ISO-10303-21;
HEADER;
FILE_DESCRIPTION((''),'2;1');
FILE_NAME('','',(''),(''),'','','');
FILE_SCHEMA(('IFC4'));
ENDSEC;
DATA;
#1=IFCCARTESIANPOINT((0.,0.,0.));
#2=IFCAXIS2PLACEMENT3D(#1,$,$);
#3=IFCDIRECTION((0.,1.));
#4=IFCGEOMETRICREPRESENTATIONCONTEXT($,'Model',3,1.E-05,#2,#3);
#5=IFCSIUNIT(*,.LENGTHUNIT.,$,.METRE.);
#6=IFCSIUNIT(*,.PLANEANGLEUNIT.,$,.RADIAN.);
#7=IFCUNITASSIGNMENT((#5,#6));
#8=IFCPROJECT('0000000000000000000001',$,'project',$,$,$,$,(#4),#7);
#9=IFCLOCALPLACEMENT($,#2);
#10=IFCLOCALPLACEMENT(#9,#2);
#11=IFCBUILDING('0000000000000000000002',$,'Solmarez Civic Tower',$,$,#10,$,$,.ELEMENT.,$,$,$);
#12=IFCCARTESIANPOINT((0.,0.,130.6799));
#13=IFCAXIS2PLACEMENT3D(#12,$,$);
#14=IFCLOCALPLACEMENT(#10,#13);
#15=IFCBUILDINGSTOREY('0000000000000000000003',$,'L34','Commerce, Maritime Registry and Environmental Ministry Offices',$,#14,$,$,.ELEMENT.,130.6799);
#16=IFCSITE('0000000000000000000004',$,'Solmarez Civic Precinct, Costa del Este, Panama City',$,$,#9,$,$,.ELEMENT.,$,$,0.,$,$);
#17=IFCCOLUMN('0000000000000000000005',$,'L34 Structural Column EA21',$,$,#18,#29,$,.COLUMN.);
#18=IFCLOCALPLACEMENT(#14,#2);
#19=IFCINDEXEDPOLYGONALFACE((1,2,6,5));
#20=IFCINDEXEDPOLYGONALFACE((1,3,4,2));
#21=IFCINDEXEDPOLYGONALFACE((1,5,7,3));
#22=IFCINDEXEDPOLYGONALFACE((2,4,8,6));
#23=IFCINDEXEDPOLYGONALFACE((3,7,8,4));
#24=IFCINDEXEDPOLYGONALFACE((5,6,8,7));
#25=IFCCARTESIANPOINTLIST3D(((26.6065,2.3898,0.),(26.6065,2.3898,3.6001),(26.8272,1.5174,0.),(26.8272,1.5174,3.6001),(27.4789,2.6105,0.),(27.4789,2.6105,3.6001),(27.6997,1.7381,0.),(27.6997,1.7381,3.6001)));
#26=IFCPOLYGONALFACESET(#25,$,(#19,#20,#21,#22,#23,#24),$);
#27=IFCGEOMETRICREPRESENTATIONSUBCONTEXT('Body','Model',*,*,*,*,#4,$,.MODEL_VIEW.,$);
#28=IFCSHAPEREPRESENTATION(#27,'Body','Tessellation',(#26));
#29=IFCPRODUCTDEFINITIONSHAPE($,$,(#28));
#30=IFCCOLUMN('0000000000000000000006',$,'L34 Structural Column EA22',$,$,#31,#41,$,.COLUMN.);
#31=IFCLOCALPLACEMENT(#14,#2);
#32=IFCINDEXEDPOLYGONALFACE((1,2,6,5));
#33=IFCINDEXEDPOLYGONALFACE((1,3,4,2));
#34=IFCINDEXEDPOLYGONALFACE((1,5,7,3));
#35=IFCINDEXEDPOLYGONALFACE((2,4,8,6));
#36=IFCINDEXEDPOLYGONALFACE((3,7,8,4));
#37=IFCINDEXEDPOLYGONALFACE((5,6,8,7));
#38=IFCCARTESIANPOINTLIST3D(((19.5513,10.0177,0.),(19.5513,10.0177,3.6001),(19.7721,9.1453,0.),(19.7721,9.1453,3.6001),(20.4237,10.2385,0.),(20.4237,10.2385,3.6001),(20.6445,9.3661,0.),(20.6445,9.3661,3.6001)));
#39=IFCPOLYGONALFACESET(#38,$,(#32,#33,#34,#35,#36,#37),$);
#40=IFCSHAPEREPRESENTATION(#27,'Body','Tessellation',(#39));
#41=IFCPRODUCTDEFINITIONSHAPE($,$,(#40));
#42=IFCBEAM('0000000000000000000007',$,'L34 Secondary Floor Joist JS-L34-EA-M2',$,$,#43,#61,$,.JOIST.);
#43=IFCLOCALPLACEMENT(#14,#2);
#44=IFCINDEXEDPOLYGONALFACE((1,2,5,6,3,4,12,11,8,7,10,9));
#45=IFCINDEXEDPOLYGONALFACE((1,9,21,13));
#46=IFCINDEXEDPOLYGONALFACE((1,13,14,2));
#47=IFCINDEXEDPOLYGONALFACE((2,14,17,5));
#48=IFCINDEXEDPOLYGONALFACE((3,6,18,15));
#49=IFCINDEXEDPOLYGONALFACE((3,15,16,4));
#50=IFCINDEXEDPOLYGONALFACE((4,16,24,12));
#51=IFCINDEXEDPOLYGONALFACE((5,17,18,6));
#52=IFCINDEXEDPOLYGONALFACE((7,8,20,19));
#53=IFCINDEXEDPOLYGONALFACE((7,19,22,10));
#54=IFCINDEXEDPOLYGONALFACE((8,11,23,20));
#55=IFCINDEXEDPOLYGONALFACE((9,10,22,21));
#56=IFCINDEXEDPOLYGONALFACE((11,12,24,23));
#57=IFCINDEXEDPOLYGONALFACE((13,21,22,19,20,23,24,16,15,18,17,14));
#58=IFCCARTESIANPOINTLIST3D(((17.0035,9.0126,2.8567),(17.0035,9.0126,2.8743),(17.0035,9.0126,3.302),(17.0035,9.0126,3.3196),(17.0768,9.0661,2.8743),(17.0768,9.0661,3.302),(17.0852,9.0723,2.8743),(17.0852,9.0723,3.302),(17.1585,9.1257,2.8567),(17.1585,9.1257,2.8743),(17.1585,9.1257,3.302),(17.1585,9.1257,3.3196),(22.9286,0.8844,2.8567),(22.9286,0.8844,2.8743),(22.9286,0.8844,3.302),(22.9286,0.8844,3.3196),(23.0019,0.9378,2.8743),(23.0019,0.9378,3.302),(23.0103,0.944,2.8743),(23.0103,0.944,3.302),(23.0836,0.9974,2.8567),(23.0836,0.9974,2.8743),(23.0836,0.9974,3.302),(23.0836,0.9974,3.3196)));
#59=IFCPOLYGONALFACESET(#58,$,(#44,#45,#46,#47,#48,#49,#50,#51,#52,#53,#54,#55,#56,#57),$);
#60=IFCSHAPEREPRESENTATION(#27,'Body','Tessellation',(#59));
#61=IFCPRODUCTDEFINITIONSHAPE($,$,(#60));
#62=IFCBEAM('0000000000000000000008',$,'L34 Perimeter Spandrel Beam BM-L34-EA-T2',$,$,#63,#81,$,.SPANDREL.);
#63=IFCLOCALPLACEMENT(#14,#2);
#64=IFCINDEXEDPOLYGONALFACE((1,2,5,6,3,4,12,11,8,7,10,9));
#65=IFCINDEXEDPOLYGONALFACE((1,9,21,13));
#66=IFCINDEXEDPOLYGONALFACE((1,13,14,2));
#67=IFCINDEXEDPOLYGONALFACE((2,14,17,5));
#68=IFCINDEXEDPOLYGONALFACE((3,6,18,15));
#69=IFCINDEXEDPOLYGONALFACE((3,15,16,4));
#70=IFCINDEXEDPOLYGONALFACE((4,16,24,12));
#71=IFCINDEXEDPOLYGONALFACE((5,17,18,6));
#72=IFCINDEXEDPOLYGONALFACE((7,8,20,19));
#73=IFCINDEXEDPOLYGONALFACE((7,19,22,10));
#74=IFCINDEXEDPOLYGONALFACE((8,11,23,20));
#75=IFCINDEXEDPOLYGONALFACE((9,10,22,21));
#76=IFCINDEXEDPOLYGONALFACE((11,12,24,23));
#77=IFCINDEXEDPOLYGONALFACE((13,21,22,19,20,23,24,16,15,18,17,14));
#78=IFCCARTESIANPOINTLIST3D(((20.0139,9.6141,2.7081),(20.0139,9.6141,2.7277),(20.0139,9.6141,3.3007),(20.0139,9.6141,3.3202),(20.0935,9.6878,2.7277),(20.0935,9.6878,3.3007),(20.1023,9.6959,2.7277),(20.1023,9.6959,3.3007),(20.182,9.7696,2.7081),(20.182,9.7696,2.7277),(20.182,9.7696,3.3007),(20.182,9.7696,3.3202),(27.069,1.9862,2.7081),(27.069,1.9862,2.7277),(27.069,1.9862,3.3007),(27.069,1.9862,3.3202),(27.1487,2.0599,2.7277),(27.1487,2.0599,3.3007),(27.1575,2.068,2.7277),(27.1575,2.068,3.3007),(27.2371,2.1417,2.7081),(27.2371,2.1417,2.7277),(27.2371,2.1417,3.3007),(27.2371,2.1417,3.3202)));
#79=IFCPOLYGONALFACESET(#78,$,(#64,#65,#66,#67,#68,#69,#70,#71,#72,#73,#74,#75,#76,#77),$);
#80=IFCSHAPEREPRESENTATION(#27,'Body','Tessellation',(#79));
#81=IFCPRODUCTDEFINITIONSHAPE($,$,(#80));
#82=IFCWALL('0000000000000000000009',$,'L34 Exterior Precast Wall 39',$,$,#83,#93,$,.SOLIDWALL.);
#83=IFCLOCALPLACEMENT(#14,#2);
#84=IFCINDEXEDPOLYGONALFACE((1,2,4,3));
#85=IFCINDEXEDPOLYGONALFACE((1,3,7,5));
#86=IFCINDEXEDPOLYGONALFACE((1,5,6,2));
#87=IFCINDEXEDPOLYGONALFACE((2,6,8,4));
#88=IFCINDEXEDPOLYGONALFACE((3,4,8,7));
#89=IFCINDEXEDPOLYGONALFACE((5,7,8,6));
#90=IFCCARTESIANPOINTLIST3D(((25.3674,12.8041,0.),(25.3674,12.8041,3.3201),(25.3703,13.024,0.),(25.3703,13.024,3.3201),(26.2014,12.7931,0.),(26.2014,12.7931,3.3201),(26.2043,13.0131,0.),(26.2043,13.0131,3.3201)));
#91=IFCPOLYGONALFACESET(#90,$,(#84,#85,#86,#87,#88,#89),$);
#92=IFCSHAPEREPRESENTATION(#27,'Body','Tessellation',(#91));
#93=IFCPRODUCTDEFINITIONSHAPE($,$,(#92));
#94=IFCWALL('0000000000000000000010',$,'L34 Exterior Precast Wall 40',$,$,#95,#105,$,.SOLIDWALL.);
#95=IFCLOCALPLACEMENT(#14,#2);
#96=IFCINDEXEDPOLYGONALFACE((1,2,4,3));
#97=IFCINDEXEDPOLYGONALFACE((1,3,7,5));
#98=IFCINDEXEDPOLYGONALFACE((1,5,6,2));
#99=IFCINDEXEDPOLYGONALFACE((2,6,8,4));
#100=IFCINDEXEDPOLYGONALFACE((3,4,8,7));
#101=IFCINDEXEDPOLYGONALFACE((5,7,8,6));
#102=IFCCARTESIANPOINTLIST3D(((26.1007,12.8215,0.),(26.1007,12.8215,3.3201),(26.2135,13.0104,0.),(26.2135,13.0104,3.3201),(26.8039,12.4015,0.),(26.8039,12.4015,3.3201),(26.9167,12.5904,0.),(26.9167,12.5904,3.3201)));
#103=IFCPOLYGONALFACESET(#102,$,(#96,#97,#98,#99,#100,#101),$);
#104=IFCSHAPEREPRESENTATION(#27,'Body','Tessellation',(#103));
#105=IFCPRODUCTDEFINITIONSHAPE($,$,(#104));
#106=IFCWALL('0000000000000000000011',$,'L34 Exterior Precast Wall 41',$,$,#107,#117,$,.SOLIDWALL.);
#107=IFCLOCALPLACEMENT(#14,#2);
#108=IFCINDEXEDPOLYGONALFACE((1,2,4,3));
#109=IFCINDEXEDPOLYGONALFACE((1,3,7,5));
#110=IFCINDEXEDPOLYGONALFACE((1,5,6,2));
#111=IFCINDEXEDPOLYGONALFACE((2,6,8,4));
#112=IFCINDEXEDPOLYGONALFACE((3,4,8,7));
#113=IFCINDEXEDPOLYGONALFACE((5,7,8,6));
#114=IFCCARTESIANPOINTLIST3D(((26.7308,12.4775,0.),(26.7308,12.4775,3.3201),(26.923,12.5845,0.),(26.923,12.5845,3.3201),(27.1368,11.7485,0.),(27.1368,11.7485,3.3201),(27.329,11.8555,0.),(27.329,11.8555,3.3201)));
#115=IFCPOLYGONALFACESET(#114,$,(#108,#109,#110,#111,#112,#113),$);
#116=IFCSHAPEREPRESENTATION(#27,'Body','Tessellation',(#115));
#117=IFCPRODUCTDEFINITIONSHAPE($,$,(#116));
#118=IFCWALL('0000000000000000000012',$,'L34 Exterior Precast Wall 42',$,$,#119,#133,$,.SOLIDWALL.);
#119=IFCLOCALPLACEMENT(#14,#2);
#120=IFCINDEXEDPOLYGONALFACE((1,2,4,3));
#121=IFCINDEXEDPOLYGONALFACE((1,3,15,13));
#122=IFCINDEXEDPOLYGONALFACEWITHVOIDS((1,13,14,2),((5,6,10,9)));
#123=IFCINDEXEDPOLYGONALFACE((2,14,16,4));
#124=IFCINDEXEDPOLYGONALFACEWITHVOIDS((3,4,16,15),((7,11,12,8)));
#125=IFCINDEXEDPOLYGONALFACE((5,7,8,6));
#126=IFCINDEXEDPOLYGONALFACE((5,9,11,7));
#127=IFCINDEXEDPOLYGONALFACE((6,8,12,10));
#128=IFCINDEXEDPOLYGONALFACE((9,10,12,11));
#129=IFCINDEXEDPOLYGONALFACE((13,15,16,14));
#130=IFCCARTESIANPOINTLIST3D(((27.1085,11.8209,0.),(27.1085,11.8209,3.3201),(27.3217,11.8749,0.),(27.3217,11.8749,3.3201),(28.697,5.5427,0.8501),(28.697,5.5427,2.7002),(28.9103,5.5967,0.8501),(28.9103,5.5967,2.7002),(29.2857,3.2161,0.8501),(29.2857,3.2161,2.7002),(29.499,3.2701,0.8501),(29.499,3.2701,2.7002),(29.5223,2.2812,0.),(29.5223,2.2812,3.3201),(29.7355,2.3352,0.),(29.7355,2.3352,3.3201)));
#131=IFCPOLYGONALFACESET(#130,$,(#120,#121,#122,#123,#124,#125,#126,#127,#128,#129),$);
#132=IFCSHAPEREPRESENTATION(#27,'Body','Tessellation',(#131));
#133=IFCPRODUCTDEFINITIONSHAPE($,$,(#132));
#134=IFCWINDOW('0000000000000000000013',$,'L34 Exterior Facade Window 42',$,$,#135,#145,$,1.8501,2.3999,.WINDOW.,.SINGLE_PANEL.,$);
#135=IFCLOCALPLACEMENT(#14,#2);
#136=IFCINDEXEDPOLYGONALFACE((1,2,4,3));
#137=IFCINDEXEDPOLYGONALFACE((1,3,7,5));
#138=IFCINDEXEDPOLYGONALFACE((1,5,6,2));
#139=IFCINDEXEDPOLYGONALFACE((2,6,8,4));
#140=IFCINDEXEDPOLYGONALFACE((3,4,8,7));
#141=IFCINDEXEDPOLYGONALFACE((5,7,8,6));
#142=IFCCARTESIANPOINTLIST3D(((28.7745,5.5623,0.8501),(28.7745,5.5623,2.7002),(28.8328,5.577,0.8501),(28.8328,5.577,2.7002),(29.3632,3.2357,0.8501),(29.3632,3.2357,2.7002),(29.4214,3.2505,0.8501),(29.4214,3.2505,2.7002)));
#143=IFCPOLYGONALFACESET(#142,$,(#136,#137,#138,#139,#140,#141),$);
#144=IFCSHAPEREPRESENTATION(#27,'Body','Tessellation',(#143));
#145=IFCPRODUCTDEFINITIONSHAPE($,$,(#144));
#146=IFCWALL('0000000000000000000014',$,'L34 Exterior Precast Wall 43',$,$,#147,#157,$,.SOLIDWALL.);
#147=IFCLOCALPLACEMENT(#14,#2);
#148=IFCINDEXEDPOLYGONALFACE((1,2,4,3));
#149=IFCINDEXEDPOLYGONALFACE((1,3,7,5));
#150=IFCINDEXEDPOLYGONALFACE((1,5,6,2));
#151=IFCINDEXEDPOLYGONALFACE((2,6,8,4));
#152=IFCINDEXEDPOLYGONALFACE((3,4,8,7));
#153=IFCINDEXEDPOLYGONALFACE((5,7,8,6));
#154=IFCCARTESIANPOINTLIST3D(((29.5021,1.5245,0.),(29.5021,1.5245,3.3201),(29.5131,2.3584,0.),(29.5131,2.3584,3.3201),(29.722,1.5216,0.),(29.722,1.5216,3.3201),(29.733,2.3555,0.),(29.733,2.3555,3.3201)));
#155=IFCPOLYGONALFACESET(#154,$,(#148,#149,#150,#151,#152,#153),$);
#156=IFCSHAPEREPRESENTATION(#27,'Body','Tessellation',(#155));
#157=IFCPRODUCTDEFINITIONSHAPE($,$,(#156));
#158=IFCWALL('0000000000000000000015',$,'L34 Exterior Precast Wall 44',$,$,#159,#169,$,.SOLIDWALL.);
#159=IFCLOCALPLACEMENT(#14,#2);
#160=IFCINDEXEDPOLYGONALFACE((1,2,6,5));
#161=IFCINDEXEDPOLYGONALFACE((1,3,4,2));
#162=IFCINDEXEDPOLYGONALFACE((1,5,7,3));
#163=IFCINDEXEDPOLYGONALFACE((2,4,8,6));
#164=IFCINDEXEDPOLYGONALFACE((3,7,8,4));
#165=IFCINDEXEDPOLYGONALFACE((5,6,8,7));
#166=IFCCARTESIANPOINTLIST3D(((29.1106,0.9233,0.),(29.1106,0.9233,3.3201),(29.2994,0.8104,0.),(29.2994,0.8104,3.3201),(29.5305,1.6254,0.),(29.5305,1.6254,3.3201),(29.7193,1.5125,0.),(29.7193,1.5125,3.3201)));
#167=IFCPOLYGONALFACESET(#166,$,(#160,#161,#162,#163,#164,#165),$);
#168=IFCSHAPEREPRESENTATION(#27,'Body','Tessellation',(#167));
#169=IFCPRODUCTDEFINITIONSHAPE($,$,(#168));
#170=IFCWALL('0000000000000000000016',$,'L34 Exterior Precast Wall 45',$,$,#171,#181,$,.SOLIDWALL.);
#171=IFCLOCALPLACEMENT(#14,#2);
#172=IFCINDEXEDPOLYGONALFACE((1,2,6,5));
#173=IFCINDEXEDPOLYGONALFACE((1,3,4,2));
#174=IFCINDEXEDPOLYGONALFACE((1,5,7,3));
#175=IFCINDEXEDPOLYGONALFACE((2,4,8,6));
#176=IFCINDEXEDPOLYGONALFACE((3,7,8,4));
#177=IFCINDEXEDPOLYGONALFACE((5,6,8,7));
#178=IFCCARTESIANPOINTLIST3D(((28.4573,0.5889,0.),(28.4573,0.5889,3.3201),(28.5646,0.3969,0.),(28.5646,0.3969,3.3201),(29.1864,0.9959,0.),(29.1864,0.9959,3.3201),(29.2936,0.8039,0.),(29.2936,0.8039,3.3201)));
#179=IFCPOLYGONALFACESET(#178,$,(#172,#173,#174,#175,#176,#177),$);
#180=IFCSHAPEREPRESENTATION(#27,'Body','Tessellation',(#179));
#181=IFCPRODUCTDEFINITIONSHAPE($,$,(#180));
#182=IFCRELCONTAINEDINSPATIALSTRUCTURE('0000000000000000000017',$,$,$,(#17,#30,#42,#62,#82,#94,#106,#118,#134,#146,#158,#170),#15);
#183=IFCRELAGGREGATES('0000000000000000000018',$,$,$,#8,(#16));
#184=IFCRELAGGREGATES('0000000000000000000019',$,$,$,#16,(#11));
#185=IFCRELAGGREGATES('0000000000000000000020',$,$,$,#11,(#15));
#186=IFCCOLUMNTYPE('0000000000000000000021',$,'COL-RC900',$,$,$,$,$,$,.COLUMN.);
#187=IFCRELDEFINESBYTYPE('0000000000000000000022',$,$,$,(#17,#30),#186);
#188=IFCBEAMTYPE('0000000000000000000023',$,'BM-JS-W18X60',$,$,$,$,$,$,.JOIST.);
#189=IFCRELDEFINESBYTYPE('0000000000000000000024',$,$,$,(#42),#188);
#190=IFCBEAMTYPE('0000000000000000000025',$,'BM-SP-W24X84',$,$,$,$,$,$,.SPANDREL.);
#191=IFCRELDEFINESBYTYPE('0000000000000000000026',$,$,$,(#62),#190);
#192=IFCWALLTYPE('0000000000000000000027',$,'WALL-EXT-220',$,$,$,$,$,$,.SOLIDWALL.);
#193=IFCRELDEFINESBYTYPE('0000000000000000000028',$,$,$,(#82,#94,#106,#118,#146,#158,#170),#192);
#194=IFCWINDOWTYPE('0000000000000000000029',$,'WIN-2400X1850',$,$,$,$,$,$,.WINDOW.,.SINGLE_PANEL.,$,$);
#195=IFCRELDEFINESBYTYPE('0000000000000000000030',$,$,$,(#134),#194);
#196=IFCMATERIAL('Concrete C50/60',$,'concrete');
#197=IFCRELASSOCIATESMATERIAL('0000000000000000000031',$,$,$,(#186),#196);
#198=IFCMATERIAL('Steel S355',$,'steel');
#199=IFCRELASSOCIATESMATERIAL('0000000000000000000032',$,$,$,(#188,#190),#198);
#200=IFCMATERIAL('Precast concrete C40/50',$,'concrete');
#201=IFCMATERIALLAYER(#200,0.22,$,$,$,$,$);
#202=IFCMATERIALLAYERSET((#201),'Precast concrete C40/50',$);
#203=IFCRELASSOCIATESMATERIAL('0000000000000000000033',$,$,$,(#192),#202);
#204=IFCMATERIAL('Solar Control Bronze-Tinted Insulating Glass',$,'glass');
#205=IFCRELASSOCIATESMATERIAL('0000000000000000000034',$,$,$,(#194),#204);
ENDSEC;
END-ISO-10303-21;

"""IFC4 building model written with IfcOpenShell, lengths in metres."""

from ifc_helpers import new_model, si_unit, direction, frame, frame_2d, origin, origin_2d, place, context, subcontext, project, spatial, rectangle, i_section, extrude, material, layer, layer_set, material_profile, profile_set, type_object, element, fill, save


model = new_model("IFC4")

# Units and contexts
model_context = context("Model", 3, precision=1e-05, world=origin(), true_north=direction((0.0, 1.0)))
body_context = subcontext(model_context, "Body", "Model", "MODEL_VIEW")
ifc_project = project(units=[si_unit("LENGTHUNIT", "METRE"), si_unit("PLANEANGLEUNIT", "RADIAN")], contexts=[model_context])

# Site, building, storey
site_placement = place(None, origin())
site = spatial("IfcSite", under=ifc_project, at=site_placement, Name="Solmarez Civic Precinct, Costa del Este, Panama City", CompositionType="ELEMENT", RefElevation=0.0)
building_placement = place(site_placement, origin())
building = spatial("IfcBuilding", under=site, at=building_placement, Name="Solmarez Civic Tower", CompositionType="ELEMENT")
storey_placement = place(building_placement, frame((0.0, 0.0, 130.6799)))
storey = spatial("IfcBuildingStorey", under=building, at=storey_placement, Name="L34", Description="Commerce, Maritime Registry and Environmental Ministry Offices", CompositionType="ELEMENT", Elevation=130.6799)

# Columns
ifc_material_1 = material(Name="Concrete C50/60", Category="concrete")
ifc_material_profile_1 = material_profile(ifc_material_1, rectangle(XDim=0.8999, YDim=0.8999, at=origin_2d()), Name="RC900X900")
ifc_profile_set_1 = profile_set([ifc_material_profile_1], Name="Concrete C50/60")
column_type = type_object("IfcColumnType", Name="COL-RC900", PredefinedType="COLUMN", material=ifc_profile_set_1)
for number, where, z_axis, x_axis, name in (
    (1, (27.1531, 2.064, 0.0), (0.0, 0.0, 1.0), (0.969445, 0.245307, 0.0), "L34 Structural Column EA21"),
    (2, (20.0979, 9.6919, 0.0), (0.0, 0.0, 1.0), (0.969445, 0.245307, 0.0), "L34 Structural Column EA22"),
):
    element("IfcColumn", number, at=place(storey_placement, frame(where, z_axis=z_axis, x_axis=x_axis)), inside=storey, type_object=column_type, Name=name, PredefinedType="COLUMN", context=body_context, shape_type="SweptSolid", body=[
        extrude(rectangle(XDim=0.8999, YDim=0.8999, at=origin_2d()), origin(), (0.0, 0.0, 1.0), 3.6001),
    ])

# Beams
ifc_material_2 = material(Name="Steel S355", Category="steel")
ifc_material_profile_2 = material_profile(ifc_material_2, i_section(OverallWidth=0.1919, OverallDepth=0.4629, WebThickness=0.0105, FlangeThickness=0.0176, at=origin_2d()), Name="W18X60")
ifc_profile_set_2 = profile_set([ifc_material_profile_2], Name="Steel S355")
beam_type_1 = type_object("IfcBeamType", Name="BM-JS-W18X60", PredefinedType="JOIST", material=ifc_profile_set_2)
beam_1_placement = place(storey_placement, frame((23.0061, 0.9409, 3.0881), z_axis=(-0.589059, 0.80809, 0.0), x_axis=(-0.80809, -0.589059, 0.0)))
element("IfcBeam", 3, at=beam_1_placement, inside=storey, type_object=beam_type_1, Name="L34 Secondary Floor Joist JS-L34-EA-M2", PredefinedType="JOIST", context=body_context, shape_type="SweptSolid", body=[
    extrude(i_section(OverallWidth=0.1919, OverallDepth=0.4629, WebThickness=0.0105, FlangeThickness=0.0176, at=origin_2d()), origin(), (0.0, 0.0, 1.0), 10.0586),
])
ifc_material_profile_3 = material_profile(ifc_material_2, i_section(OverallWidth=0.229, OverallDepth=0.6121, WebThickness=0.012, FlangeThickness=0.0195, at=origin_2d()), Name="W24X84")
ifc_profile_set_3 = profile_set([ifc_material_profile_3], Name="Steel S355")
beam_type_2 = type_object("IfcBeamType", Name="BM-SP-W24X84", PredefinedType="SPANDREL", material=ifc_profile_set_3)
beam_2_placement = place(storey_placement, frame((27.1531, 2.064, 3.0142), z_axis=(-0.679008, 0.734131, 0.0), x_axis=(-0.734131, -0.679008, 0.0)))
element("IfcBeam", 4, at=beam_2_placement, inside=storey, type_object=beam_type_2, Name="L34 Perimeter Spandrel Beam BM-L34-EA-T2", PredefinedType="SPANDREL", context=body_context, shape_type="SweptSolid", body=[
    extrude(i_section(OverallWidth=0.229, OverallDepth=0.6121, WebThickness=0.012, FlangeThickness=0.0195, at=origin_2d()), origin(), (0.0, 0.0, 1.0), 10.3904),
])

# Walls
ifc_material_3 = material(Name="Precast concrete C40/50", Category="concrete")
ifc_layer_1 = layer(ifc_material_3, 0.22)
ifc_layer_set_1 = layer_set([ifc_layer_1], Name="Precast concrete C40/50")
wall_type_1 = type_object("IfcWallType", Name="WALL-EXT-220", PredefinedType="SOLIDWALL", material=ifc_layer_set_1)
wall_1_placement = place(storey_placement, frame((25.3689, 12.9141, 0.0), z_axis=(0.0, 0.0, 1.0), x_axis=(0.999913, -0.013172, 0.0)))
element("IfcWall", 5, at=wall_1_placement, inside=storey, type_object=wall_type_1, Name="L34 Exterior Precast Wall 39", PredefinedType="SOLIDWALL", context=body_context, shape_type="SweptSolid", body=[
    extrude(rectangle(XDim=0.834, YDim=0.22, at=frame_2d((0.417, 0.0))), origin(), (0.0, 0.0, 1.0), 3.3201),
])
wall_2_placement = place(storey_placement, frame((26.157, 12.916, 0.0), z_axis=(0.0, 0.0, 1.0), x_axis=(0.858543, -0.512741, 0.0)))
element("IfcWall", 6, at=wall_2_placement, inside=storey, type_object=wall_type_1, Name="L34 Exterior Precast Wall 40", PredefinedType="SOLIDWALL", context=body_context, shape_type="SweptSolid", body=[
    extrude(rectangle(XDim=0.8191, YDim=0.22, at=frame_2d((0.4097, 0.0))), origin(), (0.0, 0.0, 1.0), 3.3201),
])
wall_3_placement = place(storey_placement, frame((26.8269, 12.531, 0.0), z_axis=(0.0, 0.0, 1.0), x_axis=(0.486562, -0.873646, 0.0)))
element("IfcWall", 7, at=wall_3_placement, inside=storey, type_object=wall_type_1, Name="L34 Exterior Precast Wall 41", PredefinedType="SOLIDWALL", context=body_context, shape_type="SweptSolid", body=[
    extrude(rectangle(XDim=0.8345, YDim=0.22, at=frame_2d((0.4172, 0.0))), origin(), (0.0, 0.0, 1.0), 3.3201),
])

# Wall, opening, window
wall_4_placement = place(storey_placement, frame((27.2151, 11.8479, 0.0), z_axis=(0.0, 0.0, 1.0), x_axis=(0.245296, -0.969448, 0.0)))
wall_4 = element("IfcWall", 8, at=wall_4_placement, inside=storey, type_object=wall_type_1, Name="L34 Exterior Precast Wall 42", PredefinedType="SOLIDWALL", context=body_context, shape_type="SweptSolid", body=[
    extrude(rectangle(XDim=9.8403, YDim=0.22, at=frame_2d((4.9202, 0.0))), origin(), (0.0, 0.0, 1.0), 3.3201),
])
opening_1_placement = place(wall_4_placement, frame((6.4761, 0.0, 0.8501)))
opening_1 = element("IfcOpeningElement", 9, at=opening_1_placement, cuts=wall_4, PredefinedType="OPENING", context=body_context, shape_type="SweptSolid", body=[
    extrude(rectangle(XDim=2.3999, YDim=1.8501, at=frame_2d((1.2, 0.925))), frame((0.0, 0.1199, 0.0), z_axis=(0.0, -1.0, 0.0), x_axis=(1.0, 0.0, 0.0)), (0.0, 0.0, 1.0), 0.24),
])
ifc_material_4 = material(Name="Solar Control Bronze-Tinted Insulating Glass", Category="glass")
window_type_1 = type_object("IfcWindowType", Name="WIN-2400X1850", PartitioningType="SINGLE_PANEL", PredefinedType="WINDOW", material=ifc_material_4)
window_1_placement = place(opening_1_placement, origin())
window_1 = element("IfcWindow", 10, at=window_1_placement, inside=storey, type_object=window_type_1, Name="L34 Exterior Facade Window 42", OverallHeight=1.8501, OverallWidth=2.3999, PartitioningType="SINGLE_PANEL", PredefinedType="WINDOW", context=body_context, shape_type="SweptSolid", body=[
    extrude(rectangle(XDim=2.3999, YDim=1.8501, at=frame_2d((1.2, 0.925))), frame((0.0, 0.03, 0.0), z_axis=(0.0, -1.0, 0.0), x_axis=(1.0, 0.0, 0.0)), (0.0, 0.0, 1.0), 0.0601),
])
fill(opening_1, window_1)

# Walls
wall_5_placement = place(storey_placement, frame((29.623, 2.3569, 0.0), z_axis=(0.0, 0.0, 1.0), x_axis=(-0.013172, -0.999913, 0.0)))
element("IfcWall", 11, at=wall_5_placement, inside=storey, type_object=wall_type_1, Name="L34 Exterior Precast Wall 43", PredefinedType="SOLIDWALL", context=body_context, shape_type="SweptSolid", body=[
    extrude(rectangle(XDim=0.834, YDim=0.22, at=frame_2d((0.417, 0.0))), origin(), (0.0, 0.0, 1.0), 3.3201),
])
wall_6_placement = place(storey_placement, frame((29.625, 1.5691, 0.0), z_axis=(0.0, 0.0, 1.0), x_axis=(-0.513266, -0.858229, 0.0)))
element("IfcWall", 12, at=wall_6_placement, inside=storey, type_object=wall_type_1, Name="L34 Exterior Precast Wall 44", PredefinedType="SOLIDWALL", context=body_context, shape_type="SweptSolid", body=[
    extrude(rectangle(XDim=0.8181, YDim=0.22, at=frame_2d((0.4092, 0.0))), origin(), (0.0, 0.0, 1.0), 3.3201),
])
wall_7_placement = place(storey_placement, frame((29.24, 0.8999, 0.0), z_axis=(0.0, 0.0, 1.0), x_axis=(-0.873148, -0.487454, 0.0)))
element("IfcWall", 13, at=wall_7_placement, inside=storey, type_object=wall_type_1, Name="L34 Exterior Precast Wall 45", PredefinedType="SOLIDWALL", context=body_context, shape_type="SweptSolid", body=[
    extrude(rectangle(XDim=0.835, YDim=0.22, at=frame_2d((0.4175, 0.0))), origin(), (0.0, 0.0, 1.0), 3.3201),
])

save(model, "model.ifc")
